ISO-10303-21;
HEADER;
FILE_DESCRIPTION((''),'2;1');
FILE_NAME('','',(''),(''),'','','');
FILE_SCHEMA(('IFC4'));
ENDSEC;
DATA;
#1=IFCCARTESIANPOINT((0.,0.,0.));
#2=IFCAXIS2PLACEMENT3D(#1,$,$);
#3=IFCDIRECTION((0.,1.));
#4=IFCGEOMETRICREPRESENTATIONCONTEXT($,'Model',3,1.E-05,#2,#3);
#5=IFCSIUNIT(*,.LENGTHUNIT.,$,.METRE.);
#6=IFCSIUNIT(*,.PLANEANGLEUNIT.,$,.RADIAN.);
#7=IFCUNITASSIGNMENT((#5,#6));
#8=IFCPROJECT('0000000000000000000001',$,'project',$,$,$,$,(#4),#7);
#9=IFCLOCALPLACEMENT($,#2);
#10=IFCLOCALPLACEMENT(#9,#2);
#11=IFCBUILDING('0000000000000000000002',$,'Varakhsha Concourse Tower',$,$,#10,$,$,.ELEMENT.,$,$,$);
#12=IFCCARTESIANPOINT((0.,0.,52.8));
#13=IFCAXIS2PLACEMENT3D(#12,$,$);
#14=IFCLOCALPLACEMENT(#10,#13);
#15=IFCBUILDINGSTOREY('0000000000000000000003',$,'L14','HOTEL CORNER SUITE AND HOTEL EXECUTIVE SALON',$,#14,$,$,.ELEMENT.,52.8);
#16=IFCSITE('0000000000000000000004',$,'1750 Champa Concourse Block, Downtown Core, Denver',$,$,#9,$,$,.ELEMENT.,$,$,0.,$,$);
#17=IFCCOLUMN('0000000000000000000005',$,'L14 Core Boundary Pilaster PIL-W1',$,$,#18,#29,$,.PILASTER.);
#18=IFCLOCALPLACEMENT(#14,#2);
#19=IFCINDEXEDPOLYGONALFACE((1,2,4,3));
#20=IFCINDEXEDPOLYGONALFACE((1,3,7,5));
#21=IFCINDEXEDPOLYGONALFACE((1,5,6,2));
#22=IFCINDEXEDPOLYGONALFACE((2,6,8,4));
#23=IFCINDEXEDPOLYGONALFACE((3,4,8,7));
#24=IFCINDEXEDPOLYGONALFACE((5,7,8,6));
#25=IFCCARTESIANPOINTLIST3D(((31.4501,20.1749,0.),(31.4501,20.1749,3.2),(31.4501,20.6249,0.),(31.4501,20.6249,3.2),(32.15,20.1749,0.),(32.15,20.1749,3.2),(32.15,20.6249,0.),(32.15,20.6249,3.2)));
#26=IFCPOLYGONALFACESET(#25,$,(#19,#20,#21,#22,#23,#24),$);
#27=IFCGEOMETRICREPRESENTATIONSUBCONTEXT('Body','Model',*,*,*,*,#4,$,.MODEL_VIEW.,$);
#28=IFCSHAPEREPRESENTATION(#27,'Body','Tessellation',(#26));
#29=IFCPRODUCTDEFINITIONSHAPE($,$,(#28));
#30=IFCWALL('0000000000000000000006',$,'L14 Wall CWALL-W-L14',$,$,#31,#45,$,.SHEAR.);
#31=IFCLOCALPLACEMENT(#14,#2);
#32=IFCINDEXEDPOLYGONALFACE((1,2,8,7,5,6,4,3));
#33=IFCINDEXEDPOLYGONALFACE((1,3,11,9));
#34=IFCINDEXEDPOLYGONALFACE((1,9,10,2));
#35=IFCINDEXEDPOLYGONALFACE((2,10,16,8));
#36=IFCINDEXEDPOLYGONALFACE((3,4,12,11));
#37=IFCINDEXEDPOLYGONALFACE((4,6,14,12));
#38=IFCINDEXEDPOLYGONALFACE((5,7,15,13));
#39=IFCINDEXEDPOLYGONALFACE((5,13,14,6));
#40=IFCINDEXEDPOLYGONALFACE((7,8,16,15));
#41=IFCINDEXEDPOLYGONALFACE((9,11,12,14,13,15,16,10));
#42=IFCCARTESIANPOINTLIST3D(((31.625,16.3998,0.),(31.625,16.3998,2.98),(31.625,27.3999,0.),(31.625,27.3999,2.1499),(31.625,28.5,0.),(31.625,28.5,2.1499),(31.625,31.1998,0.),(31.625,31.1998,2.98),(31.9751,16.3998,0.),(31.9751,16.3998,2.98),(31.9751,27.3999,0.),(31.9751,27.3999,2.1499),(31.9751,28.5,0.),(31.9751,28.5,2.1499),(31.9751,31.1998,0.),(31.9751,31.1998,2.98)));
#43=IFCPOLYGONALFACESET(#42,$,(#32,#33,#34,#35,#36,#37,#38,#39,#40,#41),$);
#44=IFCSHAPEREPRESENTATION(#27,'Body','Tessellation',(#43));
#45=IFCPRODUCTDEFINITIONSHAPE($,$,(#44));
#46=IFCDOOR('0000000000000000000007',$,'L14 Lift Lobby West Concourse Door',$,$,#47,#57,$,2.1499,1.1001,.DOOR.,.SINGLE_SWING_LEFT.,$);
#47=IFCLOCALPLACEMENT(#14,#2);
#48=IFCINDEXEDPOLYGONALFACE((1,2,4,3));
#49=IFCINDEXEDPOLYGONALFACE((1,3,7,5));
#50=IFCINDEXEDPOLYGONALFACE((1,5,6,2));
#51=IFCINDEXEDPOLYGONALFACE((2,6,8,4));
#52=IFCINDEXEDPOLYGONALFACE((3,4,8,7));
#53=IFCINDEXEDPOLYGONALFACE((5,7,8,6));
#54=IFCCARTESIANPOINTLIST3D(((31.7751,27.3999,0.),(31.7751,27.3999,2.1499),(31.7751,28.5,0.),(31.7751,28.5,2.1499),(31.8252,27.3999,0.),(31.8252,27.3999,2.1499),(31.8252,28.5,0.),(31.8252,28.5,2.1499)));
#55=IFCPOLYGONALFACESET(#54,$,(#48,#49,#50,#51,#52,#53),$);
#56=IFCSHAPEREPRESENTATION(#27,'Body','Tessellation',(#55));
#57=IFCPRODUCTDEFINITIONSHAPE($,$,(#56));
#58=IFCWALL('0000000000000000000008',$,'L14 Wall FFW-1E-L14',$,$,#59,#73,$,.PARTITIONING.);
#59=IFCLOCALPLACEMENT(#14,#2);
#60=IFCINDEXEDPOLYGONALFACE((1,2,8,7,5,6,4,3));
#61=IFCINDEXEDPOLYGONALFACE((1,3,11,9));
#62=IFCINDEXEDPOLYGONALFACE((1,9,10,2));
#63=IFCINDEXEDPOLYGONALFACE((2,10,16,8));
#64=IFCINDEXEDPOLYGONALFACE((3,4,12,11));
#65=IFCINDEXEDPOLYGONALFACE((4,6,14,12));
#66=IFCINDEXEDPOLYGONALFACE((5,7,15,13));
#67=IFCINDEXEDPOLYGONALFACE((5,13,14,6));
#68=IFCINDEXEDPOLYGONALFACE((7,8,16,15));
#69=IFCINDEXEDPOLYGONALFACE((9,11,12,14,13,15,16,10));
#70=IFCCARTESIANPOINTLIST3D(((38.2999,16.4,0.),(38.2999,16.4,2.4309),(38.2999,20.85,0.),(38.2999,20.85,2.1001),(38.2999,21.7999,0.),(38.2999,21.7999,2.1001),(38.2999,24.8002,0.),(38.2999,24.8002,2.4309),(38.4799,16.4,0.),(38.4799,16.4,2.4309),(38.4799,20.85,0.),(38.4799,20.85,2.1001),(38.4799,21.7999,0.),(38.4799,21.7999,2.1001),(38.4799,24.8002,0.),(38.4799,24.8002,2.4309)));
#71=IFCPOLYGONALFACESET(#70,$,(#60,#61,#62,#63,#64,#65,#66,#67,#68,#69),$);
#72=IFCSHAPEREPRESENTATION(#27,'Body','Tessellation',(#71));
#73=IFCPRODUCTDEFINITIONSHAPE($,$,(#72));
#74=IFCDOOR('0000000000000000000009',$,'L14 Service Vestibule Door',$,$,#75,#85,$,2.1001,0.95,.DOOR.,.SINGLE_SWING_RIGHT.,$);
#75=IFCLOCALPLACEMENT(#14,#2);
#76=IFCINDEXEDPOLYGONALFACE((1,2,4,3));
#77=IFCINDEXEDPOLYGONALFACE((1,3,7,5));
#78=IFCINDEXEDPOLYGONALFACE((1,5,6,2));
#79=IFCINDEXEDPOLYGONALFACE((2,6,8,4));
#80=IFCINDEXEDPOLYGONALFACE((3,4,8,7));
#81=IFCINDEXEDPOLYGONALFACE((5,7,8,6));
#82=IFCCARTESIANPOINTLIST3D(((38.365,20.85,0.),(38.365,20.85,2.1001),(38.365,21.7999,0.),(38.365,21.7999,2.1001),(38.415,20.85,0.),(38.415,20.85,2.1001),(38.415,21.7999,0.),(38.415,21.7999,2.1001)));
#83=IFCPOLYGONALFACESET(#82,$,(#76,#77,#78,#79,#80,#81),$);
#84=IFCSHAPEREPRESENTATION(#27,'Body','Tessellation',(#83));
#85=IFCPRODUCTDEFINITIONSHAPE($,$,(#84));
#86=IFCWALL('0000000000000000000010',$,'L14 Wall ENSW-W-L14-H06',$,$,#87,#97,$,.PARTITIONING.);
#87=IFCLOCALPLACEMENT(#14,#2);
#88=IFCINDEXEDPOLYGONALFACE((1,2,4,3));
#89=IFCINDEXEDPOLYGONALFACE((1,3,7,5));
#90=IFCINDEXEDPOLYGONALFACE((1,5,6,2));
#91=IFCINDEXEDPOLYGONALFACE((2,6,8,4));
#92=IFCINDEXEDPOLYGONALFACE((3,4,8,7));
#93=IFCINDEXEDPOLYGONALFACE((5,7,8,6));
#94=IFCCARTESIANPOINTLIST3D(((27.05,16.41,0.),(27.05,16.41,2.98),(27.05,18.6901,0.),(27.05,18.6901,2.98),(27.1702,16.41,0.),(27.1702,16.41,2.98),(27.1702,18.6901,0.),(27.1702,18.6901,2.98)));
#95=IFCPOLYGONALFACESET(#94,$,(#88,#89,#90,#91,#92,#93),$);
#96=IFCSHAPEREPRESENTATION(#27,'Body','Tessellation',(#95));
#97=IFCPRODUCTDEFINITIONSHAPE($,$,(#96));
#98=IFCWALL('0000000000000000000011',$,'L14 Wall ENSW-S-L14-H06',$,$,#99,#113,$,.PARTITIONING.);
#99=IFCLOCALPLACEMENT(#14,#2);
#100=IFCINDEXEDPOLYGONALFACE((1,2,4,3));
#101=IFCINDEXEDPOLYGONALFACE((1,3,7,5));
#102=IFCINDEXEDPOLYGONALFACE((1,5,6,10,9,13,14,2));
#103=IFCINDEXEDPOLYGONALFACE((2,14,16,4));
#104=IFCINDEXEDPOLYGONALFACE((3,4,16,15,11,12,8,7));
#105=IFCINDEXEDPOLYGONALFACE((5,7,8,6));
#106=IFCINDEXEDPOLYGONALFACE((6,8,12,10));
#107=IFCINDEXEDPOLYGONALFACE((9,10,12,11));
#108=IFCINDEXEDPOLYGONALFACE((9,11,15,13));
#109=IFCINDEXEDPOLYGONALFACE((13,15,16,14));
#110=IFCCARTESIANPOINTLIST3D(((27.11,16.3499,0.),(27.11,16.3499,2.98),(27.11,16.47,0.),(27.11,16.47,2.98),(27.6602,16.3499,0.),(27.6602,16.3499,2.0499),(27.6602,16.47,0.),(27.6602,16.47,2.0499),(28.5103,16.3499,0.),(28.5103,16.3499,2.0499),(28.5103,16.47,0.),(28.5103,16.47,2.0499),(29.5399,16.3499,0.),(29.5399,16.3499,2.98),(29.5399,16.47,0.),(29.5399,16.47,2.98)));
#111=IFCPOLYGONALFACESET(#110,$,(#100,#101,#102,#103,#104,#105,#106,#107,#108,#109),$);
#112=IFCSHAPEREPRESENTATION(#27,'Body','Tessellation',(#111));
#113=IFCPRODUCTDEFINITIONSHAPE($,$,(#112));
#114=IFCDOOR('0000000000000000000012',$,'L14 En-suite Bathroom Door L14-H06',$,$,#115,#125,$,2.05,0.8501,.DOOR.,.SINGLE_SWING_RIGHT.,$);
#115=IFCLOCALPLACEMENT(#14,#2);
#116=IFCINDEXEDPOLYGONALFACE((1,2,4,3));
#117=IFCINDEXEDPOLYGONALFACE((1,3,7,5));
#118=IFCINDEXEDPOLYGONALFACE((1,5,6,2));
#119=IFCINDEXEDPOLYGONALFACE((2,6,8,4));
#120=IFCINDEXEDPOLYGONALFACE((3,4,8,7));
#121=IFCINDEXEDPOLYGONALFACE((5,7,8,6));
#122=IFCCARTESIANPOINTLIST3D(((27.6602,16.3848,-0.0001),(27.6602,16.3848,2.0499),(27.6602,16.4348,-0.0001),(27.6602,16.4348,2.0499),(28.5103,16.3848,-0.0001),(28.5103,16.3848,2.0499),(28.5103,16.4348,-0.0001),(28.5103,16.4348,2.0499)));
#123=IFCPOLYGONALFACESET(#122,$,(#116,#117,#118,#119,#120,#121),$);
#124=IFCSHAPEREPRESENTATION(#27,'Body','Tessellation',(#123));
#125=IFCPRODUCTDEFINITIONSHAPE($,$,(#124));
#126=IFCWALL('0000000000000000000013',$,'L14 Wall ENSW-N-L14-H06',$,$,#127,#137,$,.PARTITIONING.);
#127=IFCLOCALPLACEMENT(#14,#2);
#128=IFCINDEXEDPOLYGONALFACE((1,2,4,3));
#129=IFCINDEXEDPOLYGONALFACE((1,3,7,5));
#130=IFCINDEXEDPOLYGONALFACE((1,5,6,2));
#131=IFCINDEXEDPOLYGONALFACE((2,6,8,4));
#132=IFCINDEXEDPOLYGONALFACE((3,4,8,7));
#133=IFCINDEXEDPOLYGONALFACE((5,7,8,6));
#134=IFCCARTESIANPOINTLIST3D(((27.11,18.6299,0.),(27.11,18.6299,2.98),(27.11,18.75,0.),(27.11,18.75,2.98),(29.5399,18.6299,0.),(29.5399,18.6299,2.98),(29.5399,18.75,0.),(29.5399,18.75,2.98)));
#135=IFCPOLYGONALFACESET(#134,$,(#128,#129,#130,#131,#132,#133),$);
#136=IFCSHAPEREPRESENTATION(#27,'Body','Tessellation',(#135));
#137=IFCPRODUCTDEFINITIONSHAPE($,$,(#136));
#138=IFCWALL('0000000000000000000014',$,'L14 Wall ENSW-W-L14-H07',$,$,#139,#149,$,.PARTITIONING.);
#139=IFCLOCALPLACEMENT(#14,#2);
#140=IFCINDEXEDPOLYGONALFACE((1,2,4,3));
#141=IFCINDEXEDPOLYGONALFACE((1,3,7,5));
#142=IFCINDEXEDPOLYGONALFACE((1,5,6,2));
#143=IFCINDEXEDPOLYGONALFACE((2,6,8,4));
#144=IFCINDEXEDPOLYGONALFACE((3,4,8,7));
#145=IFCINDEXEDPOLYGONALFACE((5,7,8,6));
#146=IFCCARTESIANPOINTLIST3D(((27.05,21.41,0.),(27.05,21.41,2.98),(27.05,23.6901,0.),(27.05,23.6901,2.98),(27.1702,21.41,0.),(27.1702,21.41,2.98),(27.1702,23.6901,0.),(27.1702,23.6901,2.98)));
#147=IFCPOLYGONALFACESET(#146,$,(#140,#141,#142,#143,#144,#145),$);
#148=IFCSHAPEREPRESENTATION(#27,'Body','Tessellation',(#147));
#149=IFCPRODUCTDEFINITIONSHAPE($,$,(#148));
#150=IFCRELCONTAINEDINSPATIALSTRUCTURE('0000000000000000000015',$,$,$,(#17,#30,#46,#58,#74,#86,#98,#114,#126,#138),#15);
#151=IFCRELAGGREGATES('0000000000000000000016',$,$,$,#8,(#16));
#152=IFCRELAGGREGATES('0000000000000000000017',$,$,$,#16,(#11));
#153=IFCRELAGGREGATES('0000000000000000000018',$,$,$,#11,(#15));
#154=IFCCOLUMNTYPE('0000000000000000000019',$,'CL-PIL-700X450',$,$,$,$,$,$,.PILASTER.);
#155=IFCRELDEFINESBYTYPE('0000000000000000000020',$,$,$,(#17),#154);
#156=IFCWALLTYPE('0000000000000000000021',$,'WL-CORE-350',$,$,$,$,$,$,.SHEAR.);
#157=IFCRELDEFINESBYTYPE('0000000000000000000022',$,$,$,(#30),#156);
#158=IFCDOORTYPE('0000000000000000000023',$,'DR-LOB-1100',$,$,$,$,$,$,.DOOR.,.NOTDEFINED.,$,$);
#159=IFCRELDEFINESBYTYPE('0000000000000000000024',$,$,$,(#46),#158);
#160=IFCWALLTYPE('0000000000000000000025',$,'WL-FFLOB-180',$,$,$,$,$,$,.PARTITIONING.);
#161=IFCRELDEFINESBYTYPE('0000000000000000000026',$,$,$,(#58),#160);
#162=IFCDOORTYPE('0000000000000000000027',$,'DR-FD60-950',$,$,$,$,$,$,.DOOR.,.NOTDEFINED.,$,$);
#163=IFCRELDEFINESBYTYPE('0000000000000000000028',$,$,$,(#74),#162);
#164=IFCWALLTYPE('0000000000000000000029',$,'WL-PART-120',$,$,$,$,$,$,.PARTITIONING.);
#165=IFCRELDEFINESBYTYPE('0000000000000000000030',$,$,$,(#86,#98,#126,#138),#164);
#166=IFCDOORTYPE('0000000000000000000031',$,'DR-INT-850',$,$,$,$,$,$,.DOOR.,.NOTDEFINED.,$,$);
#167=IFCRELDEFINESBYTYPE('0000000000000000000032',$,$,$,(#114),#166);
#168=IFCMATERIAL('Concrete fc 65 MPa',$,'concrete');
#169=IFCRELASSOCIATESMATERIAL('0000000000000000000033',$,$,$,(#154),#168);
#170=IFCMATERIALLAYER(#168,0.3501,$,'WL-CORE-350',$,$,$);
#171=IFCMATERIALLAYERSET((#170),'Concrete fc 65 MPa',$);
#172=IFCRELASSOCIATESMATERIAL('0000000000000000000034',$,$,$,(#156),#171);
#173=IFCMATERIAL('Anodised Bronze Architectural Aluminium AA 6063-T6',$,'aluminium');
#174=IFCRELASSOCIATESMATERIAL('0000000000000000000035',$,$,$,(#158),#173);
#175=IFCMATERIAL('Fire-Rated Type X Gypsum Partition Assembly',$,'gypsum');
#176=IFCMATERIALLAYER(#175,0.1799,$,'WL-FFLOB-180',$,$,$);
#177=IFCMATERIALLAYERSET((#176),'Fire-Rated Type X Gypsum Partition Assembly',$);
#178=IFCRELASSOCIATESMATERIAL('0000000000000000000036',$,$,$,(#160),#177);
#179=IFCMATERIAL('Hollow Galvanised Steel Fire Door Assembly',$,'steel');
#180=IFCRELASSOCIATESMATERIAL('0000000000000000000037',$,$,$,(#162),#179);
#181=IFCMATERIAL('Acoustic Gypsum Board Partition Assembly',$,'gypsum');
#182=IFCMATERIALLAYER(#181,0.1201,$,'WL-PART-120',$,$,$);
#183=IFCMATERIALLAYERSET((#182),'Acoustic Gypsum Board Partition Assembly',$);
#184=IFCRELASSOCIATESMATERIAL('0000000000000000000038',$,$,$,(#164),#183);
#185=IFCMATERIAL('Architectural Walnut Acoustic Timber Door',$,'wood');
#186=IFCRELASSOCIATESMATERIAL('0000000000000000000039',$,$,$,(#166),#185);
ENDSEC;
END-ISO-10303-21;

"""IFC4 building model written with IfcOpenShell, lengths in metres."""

from ifc_helpers import new_model, si_unit, direction, frame, frame_2d, origin, origin_2d, place, context, subcontext, project, spatial, rectangle, extrude, material, layer, layer_set, material_profile, profile_set, type_object, element, fill, save


model = new_model("IFC4")

# Units and contexts
model_context = context("Model", 3, precision=1e-05, world=origin(), true_north=direction((0.0, 1.0)))
body_context = subcontext(model_context, "Body", "Model", "MODEL_VIEW")
ifc_project = project(units=[si_unit("LENGTHUNIT", "METRE"), si_unit("PLANEANGLEUNIT", "RADIAN")], contexts=[model_context])

# Site, building, storey
site_placement = place(None, origin())
site = spatial("IfcSite", under=ifc_project, at=site_placement, Name="1750 Champa Concourse Block, Downtown Core, Denver", CompositionType="ELEMENT", RefElevation=0.0)
building_placement = place(site_placement, origin())
building = spatial("IfcBuilding", under=site, at=building_placement, Name="Varakhsha Concourse Tower", CompositionType="ELEMENT")
storey_placement = place(building_placement, frame((0.0, 0.0, 52.8)))
storey = spatial("IfcBuildingStorey", under=building, at=storey_placement, Name="L14", Description="HOTEL CORNER SUITE AND HOTEL EXECUTIVE SALON", CompositionType="ELEMENT", Elevation=52.8)

# Column
ifc_material_1 = material(Name="Concrete fc 65 MPa", Category="concrete")
ifc_material_profile = material_profile(ifc_material_1, rectangle(XDim=0.7, YDim=0.45, at=origin_2d()), Name="RC 700x450")
ifc_profile_set = profile_set([ifc_material_profile], Name="Concrete fc 65 MPa")
column_type = type_object("IfcColumnType", Name="CL-PIL-700X450", PredefinedType="PILASTER", material=ifc_profile_set)
column_placement = place(storey_placement, frame((31.8, 20.3999, 0.0), z_axis=(0.0, 0.0, 1.0), x_axis=(1.0, 0.0, 0.0)))
element("IfcColumn", 1, at=column_placement, inside=storey, type_object=column_type, Name="L14 Core Boundary Pilaster PIL-W1", PredefinedType="PILASTER", context=body_context, shape_type="SweptSolid", body=[
    extrude(rectangle(XDim=0.7, YDim=0.45, at=origin_2d()), origin(), (0.0, 0.0, 1.0), 3.2),
])

# Walls, openings, doors
ifc_layer_1 = layer(ifc_material_1, 0.3501, Name="WL-CORE-350")
ifc_layer_set_1 = layer_set([ifc_layer_1], Name="Concrete fc 65 MPa")
wall_type_1 = type_object("IfcWallType", Name="WL-CORE-350", PredefinedType="SHEAR", material=ifc_layer_set_1)
wall_1_placement = place(storey_placement, frame((31.8, 16.3999, 0.0), z_axis=(0.0, 0.0, 1.0), x_axis=(0.0, 1.0, 0.0)))
wall_1 = element("IfcWall", 2, at=wall_1_placement, inside=storey, type_object=wall_type_1, Name="L14 Wall CWALL-W-L14", PredefinedType="SHEAR", context=body_context, shape_type="SweptSolid", body=[
    extrude(rectangle(XDim=14.8, YDim=0.3501, at=frame_2d((7.3999, 0.0))), origin(), (0.0, 0.0, 1.0), 2.98),
])
opening_1_placement = place(wall_1_placement, frame((11.0, 0.0, 0.0)))
opening_1 = element("IfcOpeningElement", 3, at=opening_1_placement, cuts=wall_1, PredefinedType="OPENING", context=body_context, shape_type="SweptSolid", body=[
    extrude(rectangle(XDim=1.1001, YDim=2.1499, at=frame_2d((0.55, 1.075))), frame((0.0, 0.1851, 0.0), z_axis=(0.0, -1.0, 0.0), x_axis=(1.0, 0.0, 0.0)), (0.0, 0.0, 1.0), 0.3701),
])
ifc_material_2 = material(Name="Anodised Bronze Architectural Aluminium AA 6063-T6", Category="aluminium")
door_type_1 = type_object("IfcDoorType", Name="DR-LOB-1100", OperationType="NOTDEFINED", PredefinedType="DOOR", material=ifc_material_2)
door_1_placement = place(opening_1_placement, origin())
door_1 = element("IfcDoor", 4, at=door_1_placement, inside=storey, type_object=door_type_1, Name="L14 Lift Lobby West Concourse Door", OperationType="SINGLE_SWING_LEFT", OverallHeight=2.1499, OverallWidth=1.1001, PredefinedType="DOOR", context=body_context, shape_type="SweptSolid", body=[
    extrude(rectangle(XDim=1.1001, YDim=2.1499, at=frame_2d((0.55, 1.075))), frame((0.0, 0.0249, 0.0), z_axis=(0.0, -1.0, 0.0), x_axis=(1.0, 0.0, 0.0)), (0.0, 0.0, 1.0), 0.05),
])
fill(opening_1, door_1)
ifc_material_3 = material(Name="Fire-Rated Type X Gypsum Partition Assembly", Category="gypsum")
ifc_layer_2 = layer(ifc_material_3, 0.1799, Name="WL-FFLOB-180")
ifc_layer_set_2 = layer_set([ifc_layer_2], Name="Fire-Rated Type X Gypsum Partition Assembly")
wall_type_2 = type_object("IfcWallType", Name="WL-FFLOB-180", PredefinedType="PARTITIONING", material=ifc_layer_set_2)
wall_2_placement = place(storey_placement, frame((38.3899, 16.3999, 0.0), z_axis=(0.0, 0.0, 1.0), x_axis=(0.0, 1.0, 0.0)))
wall_2 = element("IfcWall", 5, at=wall_2_placement, inside=storey, type_object=wall_type_2, Name="L14 Wall FFW-1E-L14", PredefinedType="PARTITIONING", context=body_context, shape_type="SweptSolid", body=[
    extrude(rectangle(XDim=8.4001, YDim=0.1799, at=frame_2d((4.2002, 0.0))), origin(), (0.0, 0.0, 1.0), 2.4309),
])
opening_2_placement = place(wall_2_placement, frame((4.45, 0.0, 0.0)))
opening_2 = element("IfcOpeningElement", 6, at=opening_2_placement, cuts=wall_2, PredefinedType="OPENING", context=body_context, shape_type="SweptSolid", body=[
    extrude(rectangle(XDim=0.95, YDim=2.1001, at=frame_2d((0.4751, 1.05))), frame((0.0, 0.0999, 0.0), z_axis=(0.0, -1.0, 0.0), x_axis=(1.0, 0.0, 0.0)), (0.0, 0.0, 1.0), 0.2),
])
ifc_material_4 = material(Name="Hollow Galvanised Steel Fire Door Assembly", Category="steel")
door_type_2 = type_object("IfcDoorType", Name="DR-FD60-950", OperationType="NOTDEFINED", PredefinedType="DOOR", material=ifc_material_4)
door_2_placement = place(opening_2_placement, origin())
door_2 = element("IfcDoor", 7, at=door_2_placement, inside=storey, type_object=door_type_2, Name="L14 Service Vestibule Door", OperationType="SINGLE_SWING_RIGHT", OverallHeight=2.1001, OverallWidth=0.95, PredefinedType="DOOR", context=body_context, shape_type="SweptSolid", body=[
    extrude(rectangle(XDim=0.95, YDim=2.1001, at=frame_2d((0.4751, 1.05))), frame((0.0, 0.0249, 0.0), z_axis=(0.0, -1.0, 0.0), x_axis=(1.0, 0.0, 0.0)), (0.0, 0.0, 1.0), 0.05),
])
fill(opening_2, door_2)

# Wall
ifc_material_5 = material(Name="Acoustic Gypsum Board Partition Assembly", Category="gypsum")
ifc_layer_3 = layer(ifc_material_5, 0.1201, Name="WL-PART-120")
ifc_layer_set_3 = layer_set([ifc_layer_3], Name="Acoustic Gypsum Board Partition Assembly")
wall_type_3 = type_object("IfcWallType", Name="WL-PART-120", PredefinedType="PARTITIONING", material=ifc_layer_set_3)
wall_3_placement = place(storey_placement, frame((27.1101, 16.4099, 0.0), z_axis=(0.0, 0.0, 1.0), x_axis=(0.0, 1.0, 0.0)))
element("IfcWall", 8, at=wall_3_placement, inside=storey, type_object=wall_type_3, Name="L14 Wall ENSW-W-L14-H06", PredefinedType="PARTITIONING", context=body_context, shape_type="SweptSolid", body=[
    extrude(rectangle(XDim=2.28, YDim=0.1201, at=frame_2d((1.1401, 0.0))), origin(), (0.0, 0.0, 1.0), 2.98),
])

# Wall, opening, door
wall_4_placement = place(storey_placement, frame((27.1101, 16.4099, 0.0), z_axis=(0.0, 0.0, 1.0), x_axis=(1.0, 0.0, 0.0)))
wall_4 = element("IfcWall", 9, at=wall_4_placement, inside=storey, type_object=wall_type_3, Name="L14 Wall ENSW-S-L14-H06", PredefinedType="PARTITIONING", context=body_context, shape_type="SweptSolid", body=[
    extrude(rectangle(XDim=2.4299, YDim=0.1201, at=frame_2d((1.2148, 0.0))), origin(), (0.0, 0.0, 1.0), 2.98),
])
opening_3_placement = place(wall_4_placement, frame((0.55, 0.0, 0.0)))
opening_3 = element("IfcOpeningElement", 10, at=opening_3_placement, cuts=wall_4, PredefinedType="OPENING", context=body_context, shape_type="SweptSolid", body=[
    extrude(rectangle(XDim=0.8501, YDim=2.05, at=frame_2d((0.425, 1.0249))), frame((0.0, 0.0701, 0.0), z_axis=(0.0, -1.0, 0.0), x_axis=(1.0, 0.0, 0.0)), (0.0, 0.0, 1.0), 0.1401),
])
ifc_material_6 = material(Name="Architectural Walnut Acoustic Timber Door", Category="wood")
door_type_3 = type_object("IfcDoorType", Name="DR-INT-850", OperationType="NOTDEFINED", PredefinedType="DOOR", material=ifc_material_6)
door_3_placement = place(opening_3_placement, origin())
door_3 = element("IfcDoor", 11, at=door_3_placement, inside=storey, type_object=door_type_3, Name="L14 En-suite Bathroom Door L14-H06", OperationType="SINGLE_SWING_RIGHT", OverallHeight=2.05, OverallWidth=0.8501, PredefinedType="DOOR", context=body_context, shape_type="SweptSolid", body=[
    extrude(rectangle(XDim=0.8501, YDim=2.05, at=frame_2d((0.425, 1.0249))), frame((0.0, 0.0249, 0.0), z_axis=(0.0, -1.0, 0.0), x_axis=(1.0, 0.0, 0.0)), (0.0, 0.0, 1.0), 0.05),
])
fill(opening_3, door_3)

# Walls
wall_5_placement = place(storey_placement, frame((27.1101, 18.6899, 0.0), z_axis=(0.0, 0.0, 1.0), x_axis=(1.0, 0.0, 0.0)))
element("IfcWall", 12, at=wall_5_placement, inside=storey, type_object=wall_type_3, Name="L14 Wall ENSW-N-L14-H06", PredefinedType="PARTITIONING", context=body_context, shape_type="SweptSolid", body=[
    extrude(rectangle(XDim=2.4299, YDim=0.1201, at=frame_2d((1.2148, 0.0))), origin(), (0.0, 0.0, 1.0), 2.98),
])
wall_6_placement = place(storey_placement, frame((27.1101, 21.4099, 0.0), z_axis=(0.0, 0.0, 1.0), x_axis=(0.0, 1.0, 0.0)))
element("IfcWall", 13, at=wall_6_placement, inside=storey, type_object=wall_type_3, Name="L14 Wall ENSW-W-L14-H07", PredefinedType="PARTITIONING", context=body_context, shape_type="SweptSolid", body=[
    extrude(rectangle(XDim=2.28, YDim=0.1201, at=frame_2d((1.1401, 0.0))), origin(), (0.0, 0.0, 1.0), 2.98),
])

save(model, "model.ifc")
